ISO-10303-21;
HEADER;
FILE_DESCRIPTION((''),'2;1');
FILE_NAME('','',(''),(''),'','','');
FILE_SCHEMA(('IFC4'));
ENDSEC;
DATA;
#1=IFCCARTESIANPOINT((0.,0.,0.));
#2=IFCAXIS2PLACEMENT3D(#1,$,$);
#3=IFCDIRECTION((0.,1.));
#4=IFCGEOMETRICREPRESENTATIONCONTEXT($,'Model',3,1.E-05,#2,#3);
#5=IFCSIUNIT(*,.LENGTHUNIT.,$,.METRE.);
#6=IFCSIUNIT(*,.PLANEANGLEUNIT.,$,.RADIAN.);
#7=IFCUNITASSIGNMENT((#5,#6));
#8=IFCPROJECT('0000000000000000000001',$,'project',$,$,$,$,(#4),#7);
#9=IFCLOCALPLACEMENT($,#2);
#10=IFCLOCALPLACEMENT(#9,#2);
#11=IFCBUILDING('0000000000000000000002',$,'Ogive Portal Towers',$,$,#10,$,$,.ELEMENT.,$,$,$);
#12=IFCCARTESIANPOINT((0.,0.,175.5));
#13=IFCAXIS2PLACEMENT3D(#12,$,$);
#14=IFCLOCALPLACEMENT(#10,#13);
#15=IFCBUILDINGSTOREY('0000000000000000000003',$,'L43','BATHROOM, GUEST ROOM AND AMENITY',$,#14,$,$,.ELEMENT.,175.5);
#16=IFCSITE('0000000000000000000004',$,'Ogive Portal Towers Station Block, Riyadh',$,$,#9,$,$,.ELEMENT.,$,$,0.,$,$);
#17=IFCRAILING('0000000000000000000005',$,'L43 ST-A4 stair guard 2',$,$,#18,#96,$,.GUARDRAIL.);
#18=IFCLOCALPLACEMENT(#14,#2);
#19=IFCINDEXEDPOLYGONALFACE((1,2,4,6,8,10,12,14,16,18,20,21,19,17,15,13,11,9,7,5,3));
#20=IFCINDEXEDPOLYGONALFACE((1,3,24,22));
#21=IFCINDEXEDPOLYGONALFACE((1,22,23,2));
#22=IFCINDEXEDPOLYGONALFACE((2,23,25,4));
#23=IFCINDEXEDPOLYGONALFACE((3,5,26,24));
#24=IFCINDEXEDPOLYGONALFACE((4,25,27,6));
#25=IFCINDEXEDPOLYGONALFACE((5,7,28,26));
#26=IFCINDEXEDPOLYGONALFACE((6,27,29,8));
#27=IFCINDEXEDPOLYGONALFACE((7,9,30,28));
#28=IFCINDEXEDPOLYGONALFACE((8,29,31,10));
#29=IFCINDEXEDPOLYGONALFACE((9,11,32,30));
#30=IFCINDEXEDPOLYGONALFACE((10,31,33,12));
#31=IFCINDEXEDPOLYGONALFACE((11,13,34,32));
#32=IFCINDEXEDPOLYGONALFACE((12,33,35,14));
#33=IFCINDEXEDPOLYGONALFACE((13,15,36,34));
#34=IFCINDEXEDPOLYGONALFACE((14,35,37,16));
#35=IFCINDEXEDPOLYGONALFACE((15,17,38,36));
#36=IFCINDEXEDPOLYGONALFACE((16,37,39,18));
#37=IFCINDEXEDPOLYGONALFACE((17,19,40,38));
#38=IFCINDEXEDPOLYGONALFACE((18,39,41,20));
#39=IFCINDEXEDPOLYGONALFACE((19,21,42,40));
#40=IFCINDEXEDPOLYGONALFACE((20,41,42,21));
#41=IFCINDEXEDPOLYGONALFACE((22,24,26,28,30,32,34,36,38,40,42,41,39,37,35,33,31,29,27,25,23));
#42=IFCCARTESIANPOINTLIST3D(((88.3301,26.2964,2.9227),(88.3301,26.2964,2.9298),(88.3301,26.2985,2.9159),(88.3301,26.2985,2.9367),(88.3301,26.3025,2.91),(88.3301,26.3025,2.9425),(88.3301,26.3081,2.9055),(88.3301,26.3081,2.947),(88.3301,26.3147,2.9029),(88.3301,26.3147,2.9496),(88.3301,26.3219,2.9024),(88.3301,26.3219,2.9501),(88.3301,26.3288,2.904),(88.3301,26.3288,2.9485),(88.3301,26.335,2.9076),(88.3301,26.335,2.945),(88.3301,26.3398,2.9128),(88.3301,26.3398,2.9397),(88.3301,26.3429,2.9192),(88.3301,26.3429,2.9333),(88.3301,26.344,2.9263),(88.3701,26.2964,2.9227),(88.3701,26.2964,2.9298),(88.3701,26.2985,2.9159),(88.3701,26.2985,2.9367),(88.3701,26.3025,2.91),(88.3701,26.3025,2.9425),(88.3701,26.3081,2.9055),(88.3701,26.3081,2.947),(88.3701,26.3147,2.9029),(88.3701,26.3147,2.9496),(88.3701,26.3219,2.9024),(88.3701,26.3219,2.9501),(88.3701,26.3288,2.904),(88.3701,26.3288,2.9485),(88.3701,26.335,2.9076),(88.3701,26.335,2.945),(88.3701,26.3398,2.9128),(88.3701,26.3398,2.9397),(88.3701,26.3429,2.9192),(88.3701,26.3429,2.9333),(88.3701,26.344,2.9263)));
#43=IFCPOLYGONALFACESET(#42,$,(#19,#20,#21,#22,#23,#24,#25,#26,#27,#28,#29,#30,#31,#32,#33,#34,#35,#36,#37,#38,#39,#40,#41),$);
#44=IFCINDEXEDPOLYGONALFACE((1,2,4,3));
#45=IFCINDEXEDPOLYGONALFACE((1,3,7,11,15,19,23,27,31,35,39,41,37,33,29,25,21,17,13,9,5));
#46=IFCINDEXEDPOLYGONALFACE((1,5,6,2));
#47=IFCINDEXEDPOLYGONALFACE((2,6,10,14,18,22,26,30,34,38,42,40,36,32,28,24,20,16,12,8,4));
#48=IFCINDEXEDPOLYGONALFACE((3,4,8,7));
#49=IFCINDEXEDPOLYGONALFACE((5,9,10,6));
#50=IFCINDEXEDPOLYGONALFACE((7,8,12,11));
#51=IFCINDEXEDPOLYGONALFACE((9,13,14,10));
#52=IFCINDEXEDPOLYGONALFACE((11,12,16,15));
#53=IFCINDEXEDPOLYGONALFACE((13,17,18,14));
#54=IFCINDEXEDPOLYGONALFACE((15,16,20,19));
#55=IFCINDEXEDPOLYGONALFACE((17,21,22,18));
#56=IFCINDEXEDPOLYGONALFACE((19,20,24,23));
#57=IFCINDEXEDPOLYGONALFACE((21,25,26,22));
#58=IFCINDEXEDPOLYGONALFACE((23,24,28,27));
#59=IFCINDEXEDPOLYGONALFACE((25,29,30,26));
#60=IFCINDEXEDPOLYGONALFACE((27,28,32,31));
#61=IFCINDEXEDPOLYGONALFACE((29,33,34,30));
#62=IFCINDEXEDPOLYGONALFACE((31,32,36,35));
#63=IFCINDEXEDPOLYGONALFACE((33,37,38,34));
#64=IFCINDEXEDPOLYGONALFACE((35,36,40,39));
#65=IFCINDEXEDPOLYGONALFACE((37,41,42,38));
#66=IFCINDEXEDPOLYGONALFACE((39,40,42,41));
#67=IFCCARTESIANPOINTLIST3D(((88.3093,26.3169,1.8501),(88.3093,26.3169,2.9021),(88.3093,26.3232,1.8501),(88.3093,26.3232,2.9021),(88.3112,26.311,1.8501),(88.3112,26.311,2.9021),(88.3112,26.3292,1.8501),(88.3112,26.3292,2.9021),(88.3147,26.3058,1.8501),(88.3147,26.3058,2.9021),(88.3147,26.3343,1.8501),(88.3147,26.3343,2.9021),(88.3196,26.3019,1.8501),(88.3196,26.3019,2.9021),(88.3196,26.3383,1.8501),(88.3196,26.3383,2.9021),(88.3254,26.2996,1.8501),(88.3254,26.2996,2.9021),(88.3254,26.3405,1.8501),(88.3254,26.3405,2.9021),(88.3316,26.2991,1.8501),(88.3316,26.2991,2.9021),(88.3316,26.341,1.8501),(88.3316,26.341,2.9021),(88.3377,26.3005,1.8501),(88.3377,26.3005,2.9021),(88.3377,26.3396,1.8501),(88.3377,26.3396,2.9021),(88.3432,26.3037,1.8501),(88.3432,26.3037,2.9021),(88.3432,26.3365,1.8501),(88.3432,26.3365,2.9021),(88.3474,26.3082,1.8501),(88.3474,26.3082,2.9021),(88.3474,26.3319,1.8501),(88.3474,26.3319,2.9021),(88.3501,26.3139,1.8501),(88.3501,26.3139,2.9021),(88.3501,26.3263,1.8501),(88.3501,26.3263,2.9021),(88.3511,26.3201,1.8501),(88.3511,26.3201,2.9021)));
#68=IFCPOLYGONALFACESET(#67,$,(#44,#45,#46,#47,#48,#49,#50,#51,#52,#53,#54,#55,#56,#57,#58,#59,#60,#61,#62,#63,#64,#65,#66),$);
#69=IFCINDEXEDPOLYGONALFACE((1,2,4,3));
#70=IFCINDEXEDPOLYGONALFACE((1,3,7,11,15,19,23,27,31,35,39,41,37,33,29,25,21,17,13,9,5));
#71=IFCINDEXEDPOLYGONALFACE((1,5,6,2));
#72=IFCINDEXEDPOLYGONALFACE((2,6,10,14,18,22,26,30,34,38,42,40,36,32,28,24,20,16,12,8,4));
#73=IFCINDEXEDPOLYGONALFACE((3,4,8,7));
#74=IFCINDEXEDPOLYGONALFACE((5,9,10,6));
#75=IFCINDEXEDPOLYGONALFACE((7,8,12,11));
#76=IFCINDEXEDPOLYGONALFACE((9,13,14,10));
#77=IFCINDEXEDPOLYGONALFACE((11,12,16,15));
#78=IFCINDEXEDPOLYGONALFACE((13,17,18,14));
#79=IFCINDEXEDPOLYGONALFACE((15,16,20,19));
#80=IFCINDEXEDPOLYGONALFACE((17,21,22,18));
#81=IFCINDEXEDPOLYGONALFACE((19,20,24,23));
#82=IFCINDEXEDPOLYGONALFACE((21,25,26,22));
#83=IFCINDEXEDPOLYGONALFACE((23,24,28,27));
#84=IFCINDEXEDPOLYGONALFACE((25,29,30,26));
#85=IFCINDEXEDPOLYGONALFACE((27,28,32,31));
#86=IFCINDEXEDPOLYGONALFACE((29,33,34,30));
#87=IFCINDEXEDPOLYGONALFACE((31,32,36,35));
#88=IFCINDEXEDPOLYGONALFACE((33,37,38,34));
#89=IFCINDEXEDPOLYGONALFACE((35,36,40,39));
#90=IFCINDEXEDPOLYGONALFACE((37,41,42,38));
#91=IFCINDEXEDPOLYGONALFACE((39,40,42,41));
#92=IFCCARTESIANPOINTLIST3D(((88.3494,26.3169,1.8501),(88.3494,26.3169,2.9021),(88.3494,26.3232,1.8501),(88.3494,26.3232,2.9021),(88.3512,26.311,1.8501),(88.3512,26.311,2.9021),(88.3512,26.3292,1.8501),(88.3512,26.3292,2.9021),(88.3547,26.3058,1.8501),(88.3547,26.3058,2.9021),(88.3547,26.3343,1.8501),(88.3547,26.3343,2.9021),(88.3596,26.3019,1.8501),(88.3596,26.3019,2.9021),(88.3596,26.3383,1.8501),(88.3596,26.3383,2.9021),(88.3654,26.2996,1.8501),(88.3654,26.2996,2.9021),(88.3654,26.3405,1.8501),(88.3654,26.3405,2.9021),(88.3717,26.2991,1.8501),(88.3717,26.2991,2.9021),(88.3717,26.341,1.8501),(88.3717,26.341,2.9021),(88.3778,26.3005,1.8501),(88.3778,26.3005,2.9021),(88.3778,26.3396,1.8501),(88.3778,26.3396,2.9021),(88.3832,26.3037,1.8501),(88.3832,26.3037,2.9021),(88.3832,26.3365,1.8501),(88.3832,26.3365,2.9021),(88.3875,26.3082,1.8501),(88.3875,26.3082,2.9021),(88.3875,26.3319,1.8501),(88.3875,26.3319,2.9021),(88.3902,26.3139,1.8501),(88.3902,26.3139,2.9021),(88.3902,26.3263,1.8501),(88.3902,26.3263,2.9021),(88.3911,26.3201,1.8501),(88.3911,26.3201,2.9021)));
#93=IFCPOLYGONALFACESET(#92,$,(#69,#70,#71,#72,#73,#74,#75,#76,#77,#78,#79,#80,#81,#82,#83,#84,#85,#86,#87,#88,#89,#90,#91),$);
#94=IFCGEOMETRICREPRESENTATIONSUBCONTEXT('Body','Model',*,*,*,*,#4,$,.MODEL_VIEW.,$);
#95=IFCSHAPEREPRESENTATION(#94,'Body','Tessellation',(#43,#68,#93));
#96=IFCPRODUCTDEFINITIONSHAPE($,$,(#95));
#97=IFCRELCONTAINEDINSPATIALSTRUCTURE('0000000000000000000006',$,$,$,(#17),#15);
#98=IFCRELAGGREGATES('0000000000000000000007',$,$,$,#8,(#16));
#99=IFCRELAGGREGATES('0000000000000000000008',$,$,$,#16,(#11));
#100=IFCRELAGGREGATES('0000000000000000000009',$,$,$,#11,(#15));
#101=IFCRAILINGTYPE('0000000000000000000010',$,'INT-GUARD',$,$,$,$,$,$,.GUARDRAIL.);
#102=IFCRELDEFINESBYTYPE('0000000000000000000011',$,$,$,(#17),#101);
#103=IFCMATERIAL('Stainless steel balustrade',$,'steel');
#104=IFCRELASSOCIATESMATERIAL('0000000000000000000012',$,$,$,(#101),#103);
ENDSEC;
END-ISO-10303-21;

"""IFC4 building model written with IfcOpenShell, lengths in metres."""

from ifc_helpers import new_model, si_unit, direction, frame, origin, origin_2d, place, context, subcontext, project, spatial, circle, extrude, material, type_object, element, save


model = new_model("IFC4")

# Units and contexts
model_context = context("Model", 3, precision=1e-05, world=origin(), true_north=direction((0.0, 1.0)))
body_context = subcontext(model_context, "Body", "Model", "MODEL_VIEW")
ifc_project = project(units=[si_unit("LENGTHUNIT", "METRE"), si_unit("PLANEANGLEUNIT", "RADIAN")], contexts=[model_context])

# Site, building, storey
site_placement = place(None, origin())
site = spatial("IfcSite", under=ifc_project, at=site_placement, Name="Ogive Portal Towers Station Block, Riyadh", CompositionType="ELEMENT", RefElevation=0.0)
building_placement = place(site_placement, origin())
building = spatial("IfcBuilding", under=site, at=building_placement, Name="Ogive Portal Towers", CompositionType="ELEMENT")
storey_placement = place(building_placement, frame((0.0, 0.0, 175.5)))
storey = spatial("IfcBuildingStorey", under=building, at=storey_placement, Name="L43", Description="BATHROOM, GUEST ROOM AND AMENITY", CompositionType="ELEMENT", Elevation=175.5)

# Railing
ifc_material_1 = material(Name="Stainless steel balustrade", Category="steel")
railing_type_1 = type_object("IfcRailingType", Name="INT-GUARD", PredefinedType="GUARDRAIL", material=ifc_material_1)
railing_1_placement = place(storey_placement, frame((88.3301, 26.3201, 1.8501)))
element("IfcRailing", 1, at=railing_1_placement, inside=storey, type_object=railing_type_1, Name="L43 ST-A4 stair guard 2", PredefinedType="GUARDRAIL", context=body_context, shape_type="SweptSolid", body=[
    extrude(circle(Radius=0.0239, at=origin_2d()), frame((0.0, 0.0, 1.0762), z_axis=(1.0, 0.0, 0.0), x_axis=(0.0, 1.0, 0.0)), (0.0, 0.0, 1.0), 0.04),
    extrude(circle(Radius=0.021, at=origin_2d()), origin(), (0.0, 0.0, 1.0), 1.052),
    extrude(circle(Radius=0.021, at=origin_2d()), frame((0.04, 0.0, 0.0)), (0.0, 0.0, 1.0), 1.052),
])

save(model, "model.ifc")
